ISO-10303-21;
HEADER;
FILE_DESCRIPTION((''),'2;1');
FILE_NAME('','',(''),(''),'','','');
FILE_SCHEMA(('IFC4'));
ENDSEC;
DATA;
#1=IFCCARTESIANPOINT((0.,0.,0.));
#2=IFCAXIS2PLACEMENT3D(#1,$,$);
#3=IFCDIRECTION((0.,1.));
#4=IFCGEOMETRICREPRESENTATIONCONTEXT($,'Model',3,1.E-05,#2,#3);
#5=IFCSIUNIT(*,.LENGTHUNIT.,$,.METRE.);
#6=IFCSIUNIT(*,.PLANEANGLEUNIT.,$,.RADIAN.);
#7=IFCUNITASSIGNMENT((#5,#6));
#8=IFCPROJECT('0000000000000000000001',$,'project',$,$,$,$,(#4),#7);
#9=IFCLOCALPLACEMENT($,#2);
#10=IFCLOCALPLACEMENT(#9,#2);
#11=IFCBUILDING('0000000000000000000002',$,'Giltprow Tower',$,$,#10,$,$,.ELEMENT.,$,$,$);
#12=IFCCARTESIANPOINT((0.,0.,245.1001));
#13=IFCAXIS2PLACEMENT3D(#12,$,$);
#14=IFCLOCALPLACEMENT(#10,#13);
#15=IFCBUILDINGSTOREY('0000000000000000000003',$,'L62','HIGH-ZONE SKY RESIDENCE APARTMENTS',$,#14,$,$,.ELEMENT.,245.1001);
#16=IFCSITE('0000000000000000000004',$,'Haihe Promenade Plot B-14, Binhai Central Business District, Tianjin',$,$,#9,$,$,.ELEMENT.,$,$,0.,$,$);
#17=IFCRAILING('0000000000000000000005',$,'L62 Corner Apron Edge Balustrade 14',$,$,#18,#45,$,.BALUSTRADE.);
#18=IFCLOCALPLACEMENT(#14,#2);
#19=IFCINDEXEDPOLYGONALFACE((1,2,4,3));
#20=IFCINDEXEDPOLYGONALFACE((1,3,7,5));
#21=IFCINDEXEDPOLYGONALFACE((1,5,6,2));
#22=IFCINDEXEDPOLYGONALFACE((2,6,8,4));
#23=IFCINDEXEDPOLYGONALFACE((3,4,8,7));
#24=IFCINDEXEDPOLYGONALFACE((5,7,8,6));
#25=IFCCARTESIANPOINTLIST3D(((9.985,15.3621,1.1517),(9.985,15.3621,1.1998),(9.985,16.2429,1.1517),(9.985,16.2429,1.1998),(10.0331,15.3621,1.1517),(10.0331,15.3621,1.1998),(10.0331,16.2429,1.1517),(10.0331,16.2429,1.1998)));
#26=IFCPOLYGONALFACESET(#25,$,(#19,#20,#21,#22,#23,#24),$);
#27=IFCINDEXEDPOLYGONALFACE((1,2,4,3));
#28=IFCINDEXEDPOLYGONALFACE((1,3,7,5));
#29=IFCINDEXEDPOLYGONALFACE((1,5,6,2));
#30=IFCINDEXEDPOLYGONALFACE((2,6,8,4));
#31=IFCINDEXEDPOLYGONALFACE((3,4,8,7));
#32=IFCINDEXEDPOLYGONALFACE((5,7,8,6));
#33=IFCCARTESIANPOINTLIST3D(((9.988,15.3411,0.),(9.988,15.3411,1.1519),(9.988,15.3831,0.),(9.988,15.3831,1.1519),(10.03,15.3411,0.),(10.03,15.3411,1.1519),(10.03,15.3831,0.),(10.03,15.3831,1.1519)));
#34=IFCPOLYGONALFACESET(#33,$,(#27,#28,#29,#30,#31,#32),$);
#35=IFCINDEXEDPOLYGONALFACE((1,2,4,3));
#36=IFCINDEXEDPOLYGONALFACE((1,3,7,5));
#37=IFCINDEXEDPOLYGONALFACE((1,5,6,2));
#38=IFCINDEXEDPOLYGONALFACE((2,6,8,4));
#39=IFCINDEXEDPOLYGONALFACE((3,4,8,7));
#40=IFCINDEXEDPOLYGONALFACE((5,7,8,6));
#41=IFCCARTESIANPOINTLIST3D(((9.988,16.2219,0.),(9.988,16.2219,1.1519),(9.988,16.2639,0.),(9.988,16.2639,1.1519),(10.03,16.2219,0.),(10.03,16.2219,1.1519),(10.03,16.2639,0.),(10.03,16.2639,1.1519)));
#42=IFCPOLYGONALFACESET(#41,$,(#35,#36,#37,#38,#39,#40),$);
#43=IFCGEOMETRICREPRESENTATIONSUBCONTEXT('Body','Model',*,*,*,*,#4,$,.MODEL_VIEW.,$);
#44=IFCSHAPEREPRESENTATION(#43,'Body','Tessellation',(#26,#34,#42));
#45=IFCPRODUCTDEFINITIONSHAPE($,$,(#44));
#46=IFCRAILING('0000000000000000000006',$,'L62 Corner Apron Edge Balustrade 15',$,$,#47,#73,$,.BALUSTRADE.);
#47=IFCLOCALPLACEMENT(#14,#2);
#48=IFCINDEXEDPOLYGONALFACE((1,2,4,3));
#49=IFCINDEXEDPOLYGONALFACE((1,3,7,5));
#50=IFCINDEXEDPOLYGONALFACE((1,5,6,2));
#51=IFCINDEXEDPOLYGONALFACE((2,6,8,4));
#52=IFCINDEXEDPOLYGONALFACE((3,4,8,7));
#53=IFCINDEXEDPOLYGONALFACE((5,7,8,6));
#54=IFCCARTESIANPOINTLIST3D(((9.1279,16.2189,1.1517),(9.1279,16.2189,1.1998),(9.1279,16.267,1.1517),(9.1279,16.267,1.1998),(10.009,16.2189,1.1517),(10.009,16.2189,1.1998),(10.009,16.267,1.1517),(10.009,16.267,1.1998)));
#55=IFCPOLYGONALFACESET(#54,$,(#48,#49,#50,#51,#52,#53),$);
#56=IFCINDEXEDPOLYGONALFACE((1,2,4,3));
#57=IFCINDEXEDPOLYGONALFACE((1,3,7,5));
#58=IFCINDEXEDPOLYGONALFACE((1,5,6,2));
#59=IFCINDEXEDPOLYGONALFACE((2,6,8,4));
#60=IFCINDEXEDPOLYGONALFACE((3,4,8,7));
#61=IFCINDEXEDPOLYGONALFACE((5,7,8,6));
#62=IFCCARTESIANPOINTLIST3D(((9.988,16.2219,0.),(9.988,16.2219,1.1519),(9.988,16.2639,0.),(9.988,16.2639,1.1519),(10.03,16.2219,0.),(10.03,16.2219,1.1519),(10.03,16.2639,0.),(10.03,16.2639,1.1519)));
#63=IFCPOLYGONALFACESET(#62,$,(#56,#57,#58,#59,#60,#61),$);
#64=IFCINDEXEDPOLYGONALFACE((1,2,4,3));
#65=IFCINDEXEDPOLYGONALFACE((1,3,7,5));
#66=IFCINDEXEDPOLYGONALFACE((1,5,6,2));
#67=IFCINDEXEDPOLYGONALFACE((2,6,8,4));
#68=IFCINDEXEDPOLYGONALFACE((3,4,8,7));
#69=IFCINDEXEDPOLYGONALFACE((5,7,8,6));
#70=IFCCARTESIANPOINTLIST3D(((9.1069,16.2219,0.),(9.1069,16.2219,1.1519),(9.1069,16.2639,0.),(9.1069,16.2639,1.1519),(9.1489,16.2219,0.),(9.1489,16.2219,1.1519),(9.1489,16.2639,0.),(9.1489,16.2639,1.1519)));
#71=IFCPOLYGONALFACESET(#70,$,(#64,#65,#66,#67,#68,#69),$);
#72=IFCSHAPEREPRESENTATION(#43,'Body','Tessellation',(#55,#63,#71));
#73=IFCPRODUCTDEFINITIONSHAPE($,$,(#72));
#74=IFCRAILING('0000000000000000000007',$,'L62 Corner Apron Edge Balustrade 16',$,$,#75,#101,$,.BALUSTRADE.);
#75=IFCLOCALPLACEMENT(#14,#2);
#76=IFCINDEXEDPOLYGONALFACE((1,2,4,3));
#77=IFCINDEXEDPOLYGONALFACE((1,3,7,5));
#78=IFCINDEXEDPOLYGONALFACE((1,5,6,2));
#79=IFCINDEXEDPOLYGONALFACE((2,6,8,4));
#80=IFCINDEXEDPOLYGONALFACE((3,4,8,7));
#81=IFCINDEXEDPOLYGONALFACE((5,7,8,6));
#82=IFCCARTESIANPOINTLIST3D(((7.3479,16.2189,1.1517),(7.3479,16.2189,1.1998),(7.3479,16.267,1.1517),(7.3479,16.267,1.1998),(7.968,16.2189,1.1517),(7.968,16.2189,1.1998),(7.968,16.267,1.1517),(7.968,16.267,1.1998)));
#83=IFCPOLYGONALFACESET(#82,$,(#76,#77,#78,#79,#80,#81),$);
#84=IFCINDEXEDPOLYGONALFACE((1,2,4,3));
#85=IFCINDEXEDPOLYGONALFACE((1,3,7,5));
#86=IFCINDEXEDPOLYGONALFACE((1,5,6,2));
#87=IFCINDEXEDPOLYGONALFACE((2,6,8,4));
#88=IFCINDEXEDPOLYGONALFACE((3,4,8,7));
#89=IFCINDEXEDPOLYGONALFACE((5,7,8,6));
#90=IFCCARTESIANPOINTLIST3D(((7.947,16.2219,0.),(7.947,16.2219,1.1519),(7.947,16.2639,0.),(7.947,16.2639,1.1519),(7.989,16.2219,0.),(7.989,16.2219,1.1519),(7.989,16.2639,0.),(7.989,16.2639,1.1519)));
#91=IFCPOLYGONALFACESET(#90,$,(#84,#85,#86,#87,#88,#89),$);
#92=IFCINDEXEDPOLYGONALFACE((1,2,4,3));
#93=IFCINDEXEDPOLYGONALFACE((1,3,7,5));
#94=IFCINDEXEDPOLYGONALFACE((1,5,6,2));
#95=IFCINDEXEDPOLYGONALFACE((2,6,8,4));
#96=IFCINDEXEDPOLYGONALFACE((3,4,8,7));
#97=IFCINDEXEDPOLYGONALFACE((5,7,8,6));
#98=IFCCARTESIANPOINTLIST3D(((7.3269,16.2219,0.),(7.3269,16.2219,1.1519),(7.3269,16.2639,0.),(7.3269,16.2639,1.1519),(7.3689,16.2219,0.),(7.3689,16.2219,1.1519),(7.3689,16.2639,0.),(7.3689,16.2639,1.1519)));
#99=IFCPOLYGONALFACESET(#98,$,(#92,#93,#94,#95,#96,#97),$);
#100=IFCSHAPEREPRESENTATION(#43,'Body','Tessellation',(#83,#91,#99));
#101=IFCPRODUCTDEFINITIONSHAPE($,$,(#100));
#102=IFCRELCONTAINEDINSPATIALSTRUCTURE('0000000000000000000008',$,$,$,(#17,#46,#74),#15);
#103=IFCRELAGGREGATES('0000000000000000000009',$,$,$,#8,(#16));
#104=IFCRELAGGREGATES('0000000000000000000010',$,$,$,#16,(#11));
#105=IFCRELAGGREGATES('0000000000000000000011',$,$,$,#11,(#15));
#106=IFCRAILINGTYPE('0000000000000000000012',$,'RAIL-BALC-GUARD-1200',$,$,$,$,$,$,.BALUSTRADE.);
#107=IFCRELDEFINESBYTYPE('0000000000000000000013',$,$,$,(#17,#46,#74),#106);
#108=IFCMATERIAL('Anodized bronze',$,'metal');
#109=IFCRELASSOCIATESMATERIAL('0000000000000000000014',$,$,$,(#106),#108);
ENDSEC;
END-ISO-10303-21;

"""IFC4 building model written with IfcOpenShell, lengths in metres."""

from ifc_helpers import new_model, si_unit, direction, frame, origin, origin_2d, place, context, subcontext, project, spatial, rectangle, extrude, material, type_object, element, save


model = new_model("IFC4")

# Units and contexts
model_context = context("Model", 3, precision=1e-05, world=origin(), true_north=direction((0.0, 1.0)))
body_context = subcontext(model_context, "Body", "Model", "MODEL_VIEW")
ifc_project = project(units=[si_unit("LENGTHUNIT", "METRE"), si_unit("PLANEANGLEUNIT", "RADIAN")], contexts=[model_context])

# Site, building, storey
site_placement = place(None, origin())
site = spatial("IfcSite", under=ifc_project, at=site_placement, Name="Haihe Promenade Plot B-14, Binhai Central Business District, Tianjin", CompositionType="ELEMENT", RefElevation=0.0)
building_placement = place(site_placement, origin())
building = spatial("IfcBuilding", under=site, at=building_placement, Name="Giltprow Tower", CompositionType="ELEMENT")
storey_placement = place(building_placement, frame((0.0, 0.0, 245.1001)))
storey = spatial("IfcBuildingStorey", under=building, at=storey_placement, Name="L62", Description="HIGH-ZONE SKY RESIDENCE APARTMENTS", CompositionType="ELEMENT", Elevation=245.1001)

# Shared definitions
ifc_material_1 = material(Name="Anodized bronze", Category="metal")

# Railings
railing_type = type_object("IfcRailingType", Name="RAIL-BALC-GUARD-1200", PredefinedType="BALUSTRADE", material=ifc_material_1)
railing_1_placement = place(storey_placement, frame((10.009, 15.3621, 0.0)))
element("IfcRailing", 1, at=railing_1_placement, inside=storey, type_object=railing_type, Name="L62 Corner Apron Edge Balustrade 14", PredefinedType="BALUSTRADE", context=body_context, shape_type="SweptSolid", body=[
    extrude(rectangle(XDim=0.0481, YDim=0.0481, at=origin_2d()), frame((0.0, 0.0, 1.1758), z_axis=(0.0, 1.0, 0.0), x_axis=(-1.0, 0.0, 0.0)), (0.0, 0.0, 1.0), 0.8809),
    extrude(rectangle(XDim=0.042, YDim=0.042, at=origin_2d()), origin(), (0.0, 0.0, 1.0), 1.1519),
    extrude(rectangle(XDim=0.042, YDim=0.042, at=origin_2d()), frame((0.0, 0.8809, 0.0)), (0.0, 0.0, 1.0), 1.1519),
])
railing_2_placement = place(storey_placement, frame((10.009, 16.2429, 0.0)))
element("IfcRailing", 2, at=railing_2_placement, inside=storey, type_object=railing_type, Name="L62 Corner Apron Edge Balustrade 15", PredefinedType="BALUSTRADE", context=body_context, shape_type="SweptSolid", body=[
    extrude(rectangle(XDim=0.0481, YDim=0.0481, at=origin_2d()), frame((0.0, 0.0, 1.1758), z_axis=(-1.0, 0.0, 0.0), x_axis=(0.0, -1.0, 0.0)), (0.0, 0.0, 1.0), 0.8811),
    extrude(rectangle(XDim=0.042, YDim=0.042, at=origin_2d()), origin(), (0.0, 0.0, 1.0), 1.1519),
    extrude(rectangle(XDim=0.042, YDim=0.042, at=origin_2d()), frame((-0.8811, 0.0, 0.0)), (0.0, 0.0, 1.0), 1.1519),
])
railing_3_placement = place(storey_placement, frame((7.968, 16.2429, 0.0)))
element("IfcRailing", 3, at=railing_3_placement, inside=storey, type_object=railing_type, Name="L62 Corner Apron Edge Balustrade 16", PredefinedType="BALUSTRADE", context=body_context, shape_type="SweptSolid", body=[
    extrude(rectangle(XDim=0.0481, YDim=0.0481, at=origin_2d()), frame((0.0, 0.0, 1.1758), z_axis=(-1.0, 0.0, 0.0), x_axis=(0.0, -1.0, 0.0)), (0.0, 0.0, 1.0), 0.6201),
    extrude(rectangle(XDim=0.042, YDim=0.042, at=origin_2d()), origin(), (0.0, 0.0, 1.0), 1.1519),
    extrude(rectangle(XDim=0.042, YDim=0.042, at=origin_2d()), frame((-0.6201, 0.0, 0.0)), (0.0, 0.0, 1.0), 1.1519),
])

save(model, "model.ifc")
